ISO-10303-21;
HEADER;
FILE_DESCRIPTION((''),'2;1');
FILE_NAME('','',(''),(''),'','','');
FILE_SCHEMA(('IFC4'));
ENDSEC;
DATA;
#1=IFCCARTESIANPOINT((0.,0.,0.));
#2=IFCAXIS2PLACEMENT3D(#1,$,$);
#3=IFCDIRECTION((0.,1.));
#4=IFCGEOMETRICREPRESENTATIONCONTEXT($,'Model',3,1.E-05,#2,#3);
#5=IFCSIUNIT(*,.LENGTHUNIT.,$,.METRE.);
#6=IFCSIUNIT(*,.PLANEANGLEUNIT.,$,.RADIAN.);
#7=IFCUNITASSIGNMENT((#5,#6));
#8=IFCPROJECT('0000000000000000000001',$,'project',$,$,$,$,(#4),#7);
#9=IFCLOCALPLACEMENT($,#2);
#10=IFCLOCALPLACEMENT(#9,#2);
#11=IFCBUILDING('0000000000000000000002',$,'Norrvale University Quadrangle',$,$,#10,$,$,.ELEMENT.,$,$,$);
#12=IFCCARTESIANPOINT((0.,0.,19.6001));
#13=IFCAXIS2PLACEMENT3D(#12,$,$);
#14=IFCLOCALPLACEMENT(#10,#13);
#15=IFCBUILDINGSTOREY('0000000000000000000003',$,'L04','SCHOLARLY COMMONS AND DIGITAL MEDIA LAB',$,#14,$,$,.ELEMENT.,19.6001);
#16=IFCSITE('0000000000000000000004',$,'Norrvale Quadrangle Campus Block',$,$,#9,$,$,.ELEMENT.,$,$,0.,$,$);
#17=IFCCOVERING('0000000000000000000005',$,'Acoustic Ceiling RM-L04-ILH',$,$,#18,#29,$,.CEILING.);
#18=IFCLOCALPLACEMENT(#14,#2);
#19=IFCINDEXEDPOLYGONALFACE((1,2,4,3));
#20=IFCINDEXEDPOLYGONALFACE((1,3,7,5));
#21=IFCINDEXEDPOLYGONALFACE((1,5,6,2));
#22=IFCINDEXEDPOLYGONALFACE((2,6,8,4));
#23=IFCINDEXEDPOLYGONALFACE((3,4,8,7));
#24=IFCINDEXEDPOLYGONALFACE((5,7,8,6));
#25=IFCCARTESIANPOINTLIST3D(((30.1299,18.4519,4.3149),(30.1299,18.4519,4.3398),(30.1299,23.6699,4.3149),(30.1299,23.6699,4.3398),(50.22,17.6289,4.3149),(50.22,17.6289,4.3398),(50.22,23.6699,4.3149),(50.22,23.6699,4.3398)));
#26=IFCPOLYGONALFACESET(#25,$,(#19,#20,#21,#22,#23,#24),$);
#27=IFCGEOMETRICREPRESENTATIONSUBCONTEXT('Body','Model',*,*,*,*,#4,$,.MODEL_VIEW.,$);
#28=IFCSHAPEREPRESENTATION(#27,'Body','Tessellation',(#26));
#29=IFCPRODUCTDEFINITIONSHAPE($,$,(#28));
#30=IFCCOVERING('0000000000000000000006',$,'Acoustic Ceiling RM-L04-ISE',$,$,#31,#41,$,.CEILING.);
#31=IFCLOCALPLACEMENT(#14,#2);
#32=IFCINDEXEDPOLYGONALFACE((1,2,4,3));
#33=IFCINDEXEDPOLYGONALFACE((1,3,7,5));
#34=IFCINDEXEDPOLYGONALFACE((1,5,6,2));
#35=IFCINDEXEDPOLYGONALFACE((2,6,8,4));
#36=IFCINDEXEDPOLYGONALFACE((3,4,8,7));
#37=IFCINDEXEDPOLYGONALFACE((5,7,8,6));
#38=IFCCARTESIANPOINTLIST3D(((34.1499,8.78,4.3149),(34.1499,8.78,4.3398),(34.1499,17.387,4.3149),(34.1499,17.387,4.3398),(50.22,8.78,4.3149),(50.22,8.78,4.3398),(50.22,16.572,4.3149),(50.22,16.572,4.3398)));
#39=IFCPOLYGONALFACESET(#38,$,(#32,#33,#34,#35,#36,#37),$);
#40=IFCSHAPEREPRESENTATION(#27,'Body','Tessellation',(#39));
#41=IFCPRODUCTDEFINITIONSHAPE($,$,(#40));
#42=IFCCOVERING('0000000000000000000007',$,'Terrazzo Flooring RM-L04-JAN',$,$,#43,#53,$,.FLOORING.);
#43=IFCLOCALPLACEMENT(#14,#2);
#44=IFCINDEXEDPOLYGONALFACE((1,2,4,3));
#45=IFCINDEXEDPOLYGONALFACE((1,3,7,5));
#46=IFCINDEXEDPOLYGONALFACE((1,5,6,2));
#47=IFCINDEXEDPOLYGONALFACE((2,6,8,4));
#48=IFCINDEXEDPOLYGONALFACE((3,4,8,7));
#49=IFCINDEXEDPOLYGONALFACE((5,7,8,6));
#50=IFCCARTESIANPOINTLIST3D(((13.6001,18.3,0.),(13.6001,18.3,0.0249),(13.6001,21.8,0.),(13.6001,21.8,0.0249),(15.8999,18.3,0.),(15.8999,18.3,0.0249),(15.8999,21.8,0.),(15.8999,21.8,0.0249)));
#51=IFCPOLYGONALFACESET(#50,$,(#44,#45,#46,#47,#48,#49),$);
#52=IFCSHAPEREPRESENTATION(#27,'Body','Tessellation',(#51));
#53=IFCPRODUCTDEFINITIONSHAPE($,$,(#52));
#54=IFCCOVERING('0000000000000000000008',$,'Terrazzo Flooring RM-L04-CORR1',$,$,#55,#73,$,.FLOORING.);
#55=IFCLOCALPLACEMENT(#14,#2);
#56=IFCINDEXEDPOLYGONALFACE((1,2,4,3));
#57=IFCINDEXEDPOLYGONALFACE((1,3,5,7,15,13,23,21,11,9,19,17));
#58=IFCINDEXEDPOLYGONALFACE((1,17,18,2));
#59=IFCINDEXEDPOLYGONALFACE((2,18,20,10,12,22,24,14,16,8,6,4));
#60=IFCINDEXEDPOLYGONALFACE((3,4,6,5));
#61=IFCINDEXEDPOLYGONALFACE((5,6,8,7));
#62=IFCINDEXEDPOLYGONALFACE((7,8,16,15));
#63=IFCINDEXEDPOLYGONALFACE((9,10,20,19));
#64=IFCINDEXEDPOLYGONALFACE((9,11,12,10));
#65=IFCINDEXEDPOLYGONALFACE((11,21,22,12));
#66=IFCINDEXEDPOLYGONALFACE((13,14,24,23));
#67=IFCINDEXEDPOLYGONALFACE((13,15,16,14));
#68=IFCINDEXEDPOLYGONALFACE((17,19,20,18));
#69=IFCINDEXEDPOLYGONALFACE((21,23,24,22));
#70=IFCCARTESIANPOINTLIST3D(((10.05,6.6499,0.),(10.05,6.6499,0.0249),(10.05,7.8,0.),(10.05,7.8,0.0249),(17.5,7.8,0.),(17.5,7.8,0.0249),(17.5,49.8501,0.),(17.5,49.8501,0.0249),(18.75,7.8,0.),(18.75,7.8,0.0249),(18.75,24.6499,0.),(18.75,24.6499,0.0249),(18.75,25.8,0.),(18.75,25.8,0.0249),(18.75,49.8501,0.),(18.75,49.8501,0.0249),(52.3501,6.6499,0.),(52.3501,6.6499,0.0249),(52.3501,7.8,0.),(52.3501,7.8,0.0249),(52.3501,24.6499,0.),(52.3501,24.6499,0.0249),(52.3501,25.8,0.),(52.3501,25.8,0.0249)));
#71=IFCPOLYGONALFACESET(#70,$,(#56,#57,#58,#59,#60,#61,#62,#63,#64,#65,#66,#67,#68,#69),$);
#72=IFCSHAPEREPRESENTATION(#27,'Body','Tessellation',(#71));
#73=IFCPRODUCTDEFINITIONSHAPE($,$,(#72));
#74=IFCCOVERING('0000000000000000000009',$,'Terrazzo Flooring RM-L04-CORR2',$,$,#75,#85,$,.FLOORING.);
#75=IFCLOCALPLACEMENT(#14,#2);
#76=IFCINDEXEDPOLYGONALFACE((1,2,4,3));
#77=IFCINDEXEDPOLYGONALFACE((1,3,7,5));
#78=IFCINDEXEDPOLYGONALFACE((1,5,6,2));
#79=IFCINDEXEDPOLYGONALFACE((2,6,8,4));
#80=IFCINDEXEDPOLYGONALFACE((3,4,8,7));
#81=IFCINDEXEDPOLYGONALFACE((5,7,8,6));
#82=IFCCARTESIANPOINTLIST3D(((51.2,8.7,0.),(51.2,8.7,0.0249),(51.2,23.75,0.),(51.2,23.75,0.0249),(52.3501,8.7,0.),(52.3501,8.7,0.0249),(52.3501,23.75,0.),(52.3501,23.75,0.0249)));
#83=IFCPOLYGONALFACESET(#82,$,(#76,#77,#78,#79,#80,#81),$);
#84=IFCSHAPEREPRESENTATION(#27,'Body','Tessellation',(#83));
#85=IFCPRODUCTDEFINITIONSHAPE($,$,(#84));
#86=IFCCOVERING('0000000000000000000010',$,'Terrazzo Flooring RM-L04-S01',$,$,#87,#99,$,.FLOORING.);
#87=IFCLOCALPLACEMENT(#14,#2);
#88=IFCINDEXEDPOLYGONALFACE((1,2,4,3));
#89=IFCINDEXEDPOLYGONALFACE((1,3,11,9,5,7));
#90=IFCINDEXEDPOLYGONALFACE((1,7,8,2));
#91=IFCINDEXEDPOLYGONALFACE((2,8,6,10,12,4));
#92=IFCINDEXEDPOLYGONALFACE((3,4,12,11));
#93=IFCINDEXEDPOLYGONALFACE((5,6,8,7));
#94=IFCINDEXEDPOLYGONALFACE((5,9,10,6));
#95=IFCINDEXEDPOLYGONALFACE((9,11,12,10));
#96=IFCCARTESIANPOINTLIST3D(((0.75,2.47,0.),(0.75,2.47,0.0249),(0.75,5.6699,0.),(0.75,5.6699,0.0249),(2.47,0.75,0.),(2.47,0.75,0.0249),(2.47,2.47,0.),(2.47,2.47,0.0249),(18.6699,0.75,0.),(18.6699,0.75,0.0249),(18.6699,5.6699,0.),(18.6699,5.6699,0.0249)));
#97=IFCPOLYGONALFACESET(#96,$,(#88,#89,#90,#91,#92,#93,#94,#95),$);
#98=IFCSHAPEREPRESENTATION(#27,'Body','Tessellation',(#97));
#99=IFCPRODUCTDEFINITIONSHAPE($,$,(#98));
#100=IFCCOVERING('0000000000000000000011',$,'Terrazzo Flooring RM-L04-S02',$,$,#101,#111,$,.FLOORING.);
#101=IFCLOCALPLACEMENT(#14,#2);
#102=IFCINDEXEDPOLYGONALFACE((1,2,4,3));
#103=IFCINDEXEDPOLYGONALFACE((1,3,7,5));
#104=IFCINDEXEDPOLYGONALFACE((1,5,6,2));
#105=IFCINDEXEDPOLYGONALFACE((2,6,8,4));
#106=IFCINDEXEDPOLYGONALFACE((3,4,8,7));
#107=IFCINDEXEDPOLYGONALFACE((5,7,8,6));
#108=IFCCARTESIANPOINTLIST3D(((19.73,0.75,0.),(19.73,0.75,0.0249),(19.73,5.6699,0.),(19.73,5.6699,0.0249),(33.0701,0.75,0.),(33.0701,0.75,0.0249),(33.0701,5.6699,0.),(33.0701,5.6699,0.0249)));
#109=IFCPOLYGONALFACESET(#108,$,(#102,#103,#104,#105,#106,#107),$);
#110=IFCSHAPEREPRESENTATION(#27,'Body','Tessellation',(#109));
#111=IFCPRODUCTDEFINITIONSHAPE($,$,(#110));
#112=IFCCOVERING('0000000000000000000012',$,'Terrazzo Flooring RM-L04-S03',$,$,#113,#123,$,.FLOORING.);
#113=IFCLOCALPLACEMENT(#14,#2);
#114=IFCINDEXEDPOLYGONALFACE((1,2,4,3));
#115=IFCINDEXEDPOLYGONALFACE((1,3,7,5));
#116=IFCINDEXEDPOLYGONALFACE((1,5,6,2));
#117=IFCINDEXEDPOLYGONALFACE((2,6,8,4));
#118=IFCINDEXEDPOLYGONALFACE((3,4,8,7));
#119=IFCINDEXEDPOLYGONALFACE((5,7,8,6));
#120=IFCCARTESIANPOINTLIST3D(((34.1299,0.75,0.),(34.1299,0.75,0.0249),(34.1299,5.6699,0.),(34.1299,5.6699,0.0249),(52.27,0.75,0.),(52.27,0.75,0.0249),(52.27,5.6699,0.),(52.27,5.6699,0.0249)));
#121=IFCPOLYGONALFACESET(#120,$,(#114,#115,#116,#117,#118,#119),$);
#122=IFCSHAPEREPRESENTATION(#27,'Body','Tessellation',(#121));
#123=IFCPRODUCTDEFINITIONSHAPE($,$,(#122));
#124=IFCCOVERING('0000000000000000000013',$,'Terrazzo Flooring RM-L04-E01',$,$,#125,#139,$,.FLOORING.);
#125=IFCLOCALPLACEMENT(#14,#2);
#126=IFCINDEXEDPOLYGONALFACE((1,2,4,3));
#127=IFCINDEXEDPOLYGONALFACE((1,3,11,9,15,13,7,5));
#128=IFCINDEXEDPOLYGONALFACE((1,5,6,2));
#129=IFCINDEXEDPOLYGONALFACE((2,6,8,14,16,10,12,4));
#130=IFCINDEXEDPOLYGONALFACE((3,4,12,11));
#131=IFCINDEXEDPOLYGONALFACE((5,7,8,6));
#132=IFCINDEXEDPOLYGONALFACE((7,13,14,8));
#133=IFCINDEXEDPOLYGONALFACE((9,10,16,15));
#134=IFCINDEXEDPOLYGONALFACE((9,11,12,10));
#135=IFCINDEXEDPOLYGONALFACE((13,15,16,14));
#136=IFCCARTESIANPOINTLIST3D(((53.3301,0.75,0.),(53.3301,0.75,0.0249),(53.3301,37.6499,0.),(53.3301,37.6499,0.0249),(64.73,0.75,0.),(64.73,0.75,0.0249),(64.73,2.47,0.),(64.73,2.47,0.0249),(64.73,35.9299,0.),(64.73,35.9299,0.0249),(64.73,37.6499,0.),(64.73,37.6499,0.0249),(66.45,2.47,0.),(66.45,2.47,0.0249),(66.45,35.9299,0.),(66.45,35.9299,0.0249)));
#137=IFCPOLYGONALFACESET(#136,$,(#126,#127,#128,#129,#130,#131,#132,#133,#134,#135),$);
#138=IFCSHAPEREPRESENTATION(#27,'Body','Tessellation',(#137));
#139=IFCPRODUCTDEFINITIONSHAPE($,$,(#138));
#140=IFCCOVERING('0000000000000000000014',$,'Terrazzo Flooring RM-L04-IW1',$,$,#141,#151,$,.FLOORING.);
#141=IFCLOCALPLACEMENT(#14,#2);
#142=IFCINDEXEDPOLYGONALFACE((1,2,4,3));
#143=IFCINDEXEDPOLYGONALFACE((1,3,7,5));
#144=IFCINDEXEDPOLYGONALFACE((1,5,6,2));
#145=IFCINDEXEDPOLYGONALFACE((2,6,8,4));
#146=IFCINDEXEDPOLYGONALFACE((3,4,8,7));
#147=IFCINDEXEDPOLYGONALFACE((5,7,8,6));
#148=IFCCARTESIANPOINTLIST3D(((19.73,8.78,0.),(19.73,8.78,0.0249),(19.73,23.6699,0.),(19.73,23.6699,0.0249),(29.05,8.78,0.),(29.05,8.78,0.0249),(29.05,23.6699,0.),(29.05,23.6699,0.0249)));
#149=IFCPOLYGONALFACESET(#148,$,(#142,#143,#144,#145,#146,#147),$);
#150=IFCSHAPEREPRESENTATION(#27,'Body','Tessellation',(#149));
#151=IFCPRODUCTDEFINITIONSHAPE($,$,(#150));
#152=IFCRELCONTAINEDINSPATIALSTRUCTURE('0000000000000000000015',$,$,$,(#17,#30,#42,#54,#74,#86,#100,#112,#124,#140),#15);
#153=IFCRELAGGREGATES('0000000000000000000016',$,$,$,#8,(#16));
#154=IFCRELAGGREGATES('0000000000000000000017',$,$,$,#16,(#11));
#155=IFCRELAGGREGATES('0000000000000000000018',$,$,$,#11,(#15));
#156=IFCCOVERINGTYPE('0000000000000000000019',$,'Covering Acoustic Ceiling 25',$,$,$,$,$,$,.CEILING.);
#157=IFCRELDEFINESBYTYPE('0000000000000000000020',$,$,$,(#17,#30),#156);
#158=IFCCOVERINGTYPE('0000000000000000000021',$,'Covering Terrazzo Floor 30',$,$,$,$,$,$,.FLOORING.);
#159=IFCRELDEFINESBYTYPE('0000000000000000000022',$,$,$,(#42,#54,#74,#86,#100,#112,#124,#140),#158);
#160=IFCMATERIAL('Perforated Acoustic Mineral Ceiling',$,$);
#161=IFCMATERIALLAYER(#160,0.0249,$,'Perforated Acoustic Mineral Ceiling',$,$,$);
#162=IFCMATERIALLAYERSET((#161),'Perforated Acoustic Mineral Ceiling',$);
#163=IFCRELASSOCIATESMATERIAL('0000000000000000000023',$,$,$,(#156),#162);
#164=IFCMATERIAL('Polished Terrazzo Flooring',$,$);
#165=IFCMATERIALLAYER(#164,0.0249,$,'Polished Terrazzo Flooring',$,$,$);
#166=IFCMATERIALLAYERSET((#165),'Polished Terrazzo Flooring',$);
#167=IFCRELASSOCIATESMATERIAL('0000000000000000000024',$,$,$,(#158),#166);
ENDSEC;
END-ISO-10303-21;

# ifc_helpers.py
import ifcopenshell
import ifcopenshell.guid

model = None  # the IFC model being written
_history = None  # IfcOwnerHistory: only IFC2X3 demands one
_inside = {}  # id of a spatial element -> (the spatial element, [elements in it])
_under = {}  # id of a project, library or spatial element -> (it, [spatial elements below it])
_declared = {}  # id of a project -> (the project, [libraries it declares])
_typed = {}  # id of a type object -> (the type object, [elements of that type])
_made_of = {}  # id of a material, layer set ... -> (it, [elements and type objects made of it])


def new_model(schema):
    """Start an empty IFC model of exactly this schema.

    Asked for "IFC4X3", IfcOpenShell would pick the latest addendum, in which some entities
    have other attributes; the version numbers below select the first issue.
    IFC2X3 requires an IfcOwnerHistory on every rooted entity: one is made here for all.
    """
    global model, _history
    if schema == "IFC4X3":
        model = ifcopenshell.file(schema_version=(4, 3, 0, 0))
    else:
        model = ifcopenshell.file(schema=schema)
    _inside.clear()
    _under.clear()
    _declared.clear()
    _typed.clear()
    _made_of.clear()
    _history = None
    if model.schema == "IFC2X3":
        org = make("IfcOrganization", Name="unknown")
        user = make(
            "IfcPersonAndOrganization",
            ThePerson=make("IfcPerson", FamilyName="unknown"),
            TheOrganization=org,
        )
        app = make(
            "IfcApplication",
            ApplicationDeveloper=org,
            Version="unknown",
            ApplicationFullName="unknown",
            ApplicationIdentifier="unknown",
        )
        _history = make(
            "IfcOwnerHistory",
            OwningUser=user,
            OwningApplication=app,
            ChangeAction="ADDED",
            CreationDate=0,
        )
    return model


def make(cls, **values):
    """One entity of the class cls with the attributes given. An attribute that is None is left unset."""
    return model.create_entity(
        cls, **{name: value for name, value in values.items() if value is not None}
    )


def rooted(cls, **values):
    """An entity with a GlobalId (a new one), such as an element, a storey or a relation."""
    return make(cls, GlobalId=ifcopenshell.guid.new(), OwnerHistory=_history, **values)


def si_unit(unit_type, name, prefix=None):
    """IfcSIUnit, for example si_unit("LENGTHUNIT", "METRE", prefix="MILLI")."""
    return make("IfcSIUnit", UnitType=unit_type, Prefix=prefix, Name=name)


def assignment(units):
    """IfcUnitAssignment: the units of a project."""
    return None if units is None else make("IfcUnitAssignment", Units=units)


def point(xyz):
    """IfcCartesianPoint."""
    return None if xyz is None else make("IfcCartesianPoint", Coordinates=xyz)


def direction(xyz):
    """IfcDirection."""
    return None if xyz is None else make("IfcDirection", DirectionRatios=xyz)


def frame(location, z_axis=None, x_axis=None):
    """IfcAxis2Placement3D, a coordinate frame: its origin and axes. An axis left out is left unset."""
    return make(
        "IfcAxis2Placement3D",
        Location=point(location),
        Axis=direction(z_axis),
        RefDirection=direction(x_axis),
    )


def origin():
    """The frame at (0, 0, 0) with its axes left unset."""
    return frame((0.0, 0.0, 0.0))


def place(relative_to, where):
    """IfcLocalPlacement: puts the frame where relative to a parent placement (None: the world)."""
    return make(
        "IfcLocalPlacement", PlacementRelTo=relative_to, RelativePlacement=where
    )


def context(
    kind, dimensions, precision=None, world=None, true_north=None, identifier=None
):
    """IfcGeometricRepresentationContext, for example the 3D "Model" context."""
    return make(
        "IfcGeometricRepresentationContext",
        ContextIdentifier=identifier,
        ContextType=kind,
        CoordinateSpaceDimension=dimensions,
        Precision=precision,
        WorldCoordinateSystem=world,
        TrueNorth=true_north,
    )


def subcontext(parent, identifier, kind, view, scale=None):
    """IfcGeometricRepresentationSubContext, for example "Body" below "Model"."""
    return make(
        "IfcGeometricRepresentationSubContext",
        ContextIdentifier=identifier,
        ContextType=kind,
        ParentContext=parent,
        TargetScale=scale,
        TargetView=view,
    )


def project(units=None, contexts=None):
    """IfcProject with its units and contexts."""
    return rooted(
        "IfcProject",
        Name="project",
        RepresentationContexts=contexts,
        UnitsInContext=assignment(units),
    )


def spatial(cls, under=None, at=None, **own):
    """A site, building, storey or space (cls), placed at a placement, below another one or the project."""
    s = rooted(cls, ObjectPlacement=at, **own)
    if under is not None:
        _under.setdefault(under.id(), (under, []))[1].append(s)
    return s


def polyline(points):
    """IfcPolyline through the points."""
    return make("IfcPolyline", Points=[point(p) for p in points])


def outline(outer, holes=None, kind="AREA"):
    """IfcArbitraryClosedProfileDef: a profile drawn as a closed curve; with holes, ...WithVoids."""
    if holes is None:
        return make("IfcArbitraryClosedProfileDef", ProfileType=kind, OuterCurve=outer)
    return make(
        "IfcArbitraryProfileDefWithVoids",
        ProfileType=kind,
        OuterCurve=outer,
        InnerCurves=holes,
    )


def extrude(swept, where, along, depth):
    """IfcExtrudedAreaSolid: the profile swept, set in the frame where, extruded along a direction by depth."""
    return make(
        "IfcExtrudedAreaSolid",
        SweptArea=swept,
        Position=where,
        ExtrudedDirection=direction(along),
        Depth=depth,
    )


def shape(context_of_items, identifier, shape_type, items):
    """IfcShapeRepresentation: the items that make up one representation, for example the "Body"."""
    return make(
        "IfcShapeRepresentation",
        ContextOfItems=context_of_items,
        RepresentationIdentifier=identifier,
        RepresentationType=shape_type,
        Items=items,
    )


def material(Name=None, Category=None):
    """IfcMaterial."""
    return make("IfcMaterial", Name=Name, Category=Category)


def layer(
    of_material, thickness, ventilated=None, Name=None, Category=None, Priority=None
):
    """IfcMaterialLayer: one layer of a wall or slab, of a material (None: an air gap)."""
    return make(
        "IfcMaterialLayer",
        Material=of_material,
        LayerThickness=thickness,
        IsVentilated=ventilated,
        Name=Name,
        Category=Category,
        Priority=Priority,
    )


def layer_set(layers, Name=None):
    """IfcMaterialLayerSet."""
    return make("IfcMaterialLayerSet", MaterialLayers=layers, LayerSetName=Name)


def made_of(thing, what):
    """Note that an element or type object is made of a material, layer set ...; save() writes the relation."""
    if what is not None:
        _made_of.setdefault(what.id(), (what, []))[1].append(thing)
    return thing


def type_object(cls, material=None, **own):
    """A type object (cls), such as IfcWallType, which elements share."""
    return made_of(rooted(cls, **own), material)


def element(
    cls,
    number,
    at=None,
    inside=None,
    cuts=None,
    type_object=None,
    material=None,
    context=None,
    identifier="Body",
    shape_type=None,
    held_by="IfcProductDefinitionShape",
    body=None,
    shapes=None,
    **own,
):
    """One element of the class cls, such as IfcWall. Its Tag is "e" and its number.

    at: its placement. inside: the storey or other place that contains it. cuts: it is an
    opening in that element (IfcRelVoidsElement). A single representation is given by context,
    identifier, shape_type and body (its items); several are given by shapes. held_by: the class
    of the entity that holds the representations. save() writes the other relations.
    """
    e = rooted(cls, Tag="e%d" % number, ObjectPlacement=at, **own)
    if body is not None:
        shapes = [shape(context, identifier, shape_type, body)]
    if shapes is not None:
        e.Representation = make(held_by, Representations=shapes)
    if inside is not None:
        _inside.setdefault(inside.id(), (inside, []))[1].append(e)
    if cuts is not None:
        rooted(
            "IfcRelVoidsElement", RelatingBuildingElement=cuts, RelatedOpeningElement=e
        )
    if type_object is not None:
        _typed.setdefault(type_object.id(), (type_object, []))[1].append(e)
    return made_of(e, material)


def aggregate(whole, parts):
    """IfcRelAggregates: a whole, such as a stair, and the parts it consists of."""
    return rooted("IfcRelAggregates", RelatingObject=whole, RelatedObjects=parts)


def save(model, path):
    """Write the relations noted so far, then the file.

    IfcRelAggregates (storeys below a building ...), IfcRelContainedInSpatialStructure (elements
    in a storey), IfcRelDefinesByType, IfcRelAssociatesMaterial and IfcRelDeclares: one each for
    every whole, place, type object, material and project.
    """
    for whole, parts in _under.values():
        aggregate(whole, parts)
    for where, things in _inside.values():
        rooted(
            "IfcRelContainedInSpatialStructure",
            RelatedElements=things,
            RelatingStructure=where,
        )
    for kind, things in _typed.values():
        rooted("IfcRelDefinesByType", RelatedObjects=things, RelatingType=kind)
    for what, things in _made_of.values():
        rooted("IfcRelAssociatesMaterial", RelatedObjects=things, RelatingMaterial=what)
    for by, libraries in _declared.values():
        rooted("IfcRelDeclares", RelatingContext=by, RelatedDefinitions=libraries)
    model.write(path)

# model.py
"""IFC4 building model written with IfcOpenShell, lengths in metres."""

from ifc_helpers import new_model, si_unit, direction, frame, origin, place, context, subcontext, project, spatial, polyline, outline, extrude, material, layer, layer_set, type_object, element, save


model = new_model("IFC4")

# Units and contexts
model_context = context("Model", 3, precision=1e-05, world=origin(), true_north=direction((0.0, 1.0)))
body_context = subcontext(model_context, "Body", "Model", "MODEL_VIEW")
ifc_project = project(units=[si_unit("LENGTHUNIT", "METRE"), si_unit("PLANEANGLEUNIT", "RADIAN")], contexts=[model_context])

# Site, building, storey
site_placement = place(None, origin())
site = spatial("IfcSite", under=ifc_project, at=site_placement, Name="Norrvale Quadrangle Campus Block", CompositionType="ELEMENT", RefElevation=0.0)
building_placement = place(site_placement, origin())
building = spatial("IfcBuilding", under=site, at=building_placement, Name="Norrvale University Quadrangle", CompositionType="ELEMENT")
storey_placement = place(building_placement, frame((0.0, 0.0, 19.6001)))
storey = spatial("IfcBuildingStorey", under=building, at=storey_placement, Name="L04", Description="SCHOLARLY COMMONS AND DIGITAL MEDIA LAB", CompositionType="ELEMENT", Elevation=19.6001)

# Coverings
ifc_material_1 = material(Name="Perforated Acoustic Mineral Ceiling")
ifc_layer_1 = layer(ifc_material_1, 0.0249, Name="Perforated Acoustic Mineral Ceiling")
ifc_layer_set_1 = layer_set([ifc_layer_1], Name="Perforated Acoustic Mineral Ceiling")
covering_type_1 = type_object("IfcCoveringType", Name="Covering Acoustic Ceiling 25", PredefinedType="CEILING", material=ifc_layer_set_1)
covering_1_placement = place(storey_placement, frame((0.0, 0.0, 4.3149)))
element("IfcCovering", 1, at=covering_1_placement, inside=storey, type_object=covering_type_1, Name="Acoustic Ceiling RM-L04-ILH", PredefinedType="CEILING", context=body_context, shape_type="SweptSolid", body=[
    extrude(outline(polyline([(30.1299, 18.4519), (30.1299, 23.6699), (50.22, 23.6699), (50.22, 17.6289), (30.1299, 18.4519)])), origin(), (0.0, 0.0, 1.0), 0.0249),
])
covering_2_placement = place(storey_placement, frame((0.0, 0.0, 4.3149)))
element("IfcCovering", 2, at=covering_2_placement, inside=storey, type_object=covering_type_1, Name="Acoustic Ceiling RM-L04-ISE", PredefinedType="CEILING", context=body_context, shape_type="SweptSolid", body=[
    extrude(outline(polyline([(34.1499, 8.78), (34.1499, 17.387), (50.22, 16.572), (50.22, 8.78), (34.1499, 8.78)])), origin(), (0.0, 0.0, 1.0), 0.0249),
])
ifc_material_2 = material(Name="Polished Terrazzo Flooring")
ifc_layer_2 = layer(ifc_material_2, 0.0249, Name="Polished Terrazzo Flooring")
ifc_layer_set_2 = layer_set([ifc_layer_2], Name="Polished Terrazzo Flooring")
covering_type_2 = type_object("IfcCoveringType", Name="Covering Terrazzo Floor 30", PredefinedType="FLOORING", material=ifc_layer_set_2)
covering_3_placement = place(storey_placement, origin())
element("IfcCovering", 3, at=covering_3_placement, inside=storey, type_object=covering_type_2, Name="Terrazzo Flooring RM-L04-JAN", PredefinedType="FLOORING", context=body_context, shape_type="SweptSolid", body=[
    extrude(outline(polyline([(13.6001, 18.3), (13.6001, 21.8), (15.8999, 21.8), (15.8999, 18.3), (13.6001, 18.3)])), origin(), (0.0, 0.0, 1.0), 0.0249),
])
covering_4_placement = place(storey_placement, origin())
element("IfcCovering", 4, at=covering_4_placement, inside=storey, type_object=covering_type_2, Name="Terrazzo Flooring RM-L04-CORR1", PredefinedType="FLOORING", context=body_context, shape_type="SweptSolid", body=[
    extrude(outline(polyline([(10.05, 6.6499), (10.05, 7.8), (17.5, 7.8), (17.5, 49.8501), (18.75, 49.8501), (18.75, 25.8), (52.3501, 25.8), (52.3501, 24.6499), (18.75, 24.6499), (18.75, 7.8), (52.3501, 7.8), (52.3501, 6.6499), (10.05, 6.6499)])), origin(), (0.0, 0.0, 1.0), 0.0249),
])
covering_5_placement = place(storey_placement, origin())
element("IfcCovering", 5, at=covering_5_placement, inside=storey, type_object=covering_type_2, Name="Terrazzo Flooring RM-L04-CORR2", PredefinedType="FLOORING", context=body_context, shape_type="SweptSolid", body=[
    extrude(outline(polyline([(51.2, 8.7), (51.2, 23.75), (52.3501, 23.75), (52.3501, 8.7), (51.2, 8.7)])), origin(), (0.0, 0.0, 1.0), 0.0249),
])
covering_6_placement = place(storey_placement, origin())
element("IfcCovering", 6, at=covering_6_placement, inside=storey, type_object=covering_type_2, Name="Terrazzo Flooring RM-L04-S01", PredefinedType="FLOORING", context=body_context, shape_type="SweptSolid", body=[
    extrude(outline(polyline([(0.75, 5.6699), (18.6699, 5.6699), (18.6699, 0.75), (2.47, 0.75), (2.47, 2.47), (0.75, 2.47), (0.75, 5.6699)])), origin(), (0.0, 0.0, 1.0), 0.0249),
])
covering_7_placement = place(storey_placement, origin())
element("IfcCovering", 7, at=covering_7_placement, inside=storey, type_object=covering_type_2, Name="Terrazzo Flooring RM-L04-S02", PredefinedType="FLOORING", context=body_context, shape_type="SweptSolid", body=[
    extrude(outline(polyline([(19.73, 5.6699), (33.0701, 5.6699), (33.0701, 0.75), (19.73, 0.75), (19.73, 5.6699)])), origin(), (0.0, 0.0, 1.0), 0.0249),
])
covering_8_placement = place(storey_placement, origin())
element("IfcCovering", 8, at=covering_8_placement, inside=storey, type_object=covering_type_2, Name="Terrazzo Flooring RM-L04-S03", PredefinedType="FLOORING", context=body_context, shape_type="SweptSolid", body=[
    extrude(outline(polyline([(34.1299, 5.6699), (52.27, 5.6699), (52.27, 0.75), (34.1299, 0.75), (34.1299, 5.6699)])), origin(), (0.0, 0.0, 1.0), 0.0249),
])
covering_9_placement = place(storey_placement, origin())
element("IfcCovering", 9, at=covering_9_placement, inside=storey, type_object=covering_type_2, Name="Terrazzo Flooring RM-L04-E01", PredefinedType="FLOORING", context=body_context, shape_type="SweptSolid", body=[
    extrude(outline(polyline([(53.3301, 0.75), (53.3301, 37.6499), (64.73, 37.6499), (64.73, 35.9299), (66.45, 35.9299), (66.45, 2.47), (64.73, 2.47), (64.73, 0.75), (53.3301, 0.75)])), origin(), (0.0, 0.0, 1.0), 0.0249),
])
covering_10_placement = place(storey_placement, origin())
element("IfcCovering", 10, at=covering_10_placement, inside=storey, type_object=covering_type_2, Name="Terrazzo Flooring RM-L04-IW1", PredefinedType="FLOORING", context=body_context, shape_type="SweptSolid", body=[
    extrude(outline(polyline([(19.73, 8.78), (19.73, 23.6699), (29.05, 23.6699), (29.05, 8.78), (19.73, 8.78)])), origin(), (0.0, 0.0, 1.0), 0.0249),
])

save(model, "model.ifc")
